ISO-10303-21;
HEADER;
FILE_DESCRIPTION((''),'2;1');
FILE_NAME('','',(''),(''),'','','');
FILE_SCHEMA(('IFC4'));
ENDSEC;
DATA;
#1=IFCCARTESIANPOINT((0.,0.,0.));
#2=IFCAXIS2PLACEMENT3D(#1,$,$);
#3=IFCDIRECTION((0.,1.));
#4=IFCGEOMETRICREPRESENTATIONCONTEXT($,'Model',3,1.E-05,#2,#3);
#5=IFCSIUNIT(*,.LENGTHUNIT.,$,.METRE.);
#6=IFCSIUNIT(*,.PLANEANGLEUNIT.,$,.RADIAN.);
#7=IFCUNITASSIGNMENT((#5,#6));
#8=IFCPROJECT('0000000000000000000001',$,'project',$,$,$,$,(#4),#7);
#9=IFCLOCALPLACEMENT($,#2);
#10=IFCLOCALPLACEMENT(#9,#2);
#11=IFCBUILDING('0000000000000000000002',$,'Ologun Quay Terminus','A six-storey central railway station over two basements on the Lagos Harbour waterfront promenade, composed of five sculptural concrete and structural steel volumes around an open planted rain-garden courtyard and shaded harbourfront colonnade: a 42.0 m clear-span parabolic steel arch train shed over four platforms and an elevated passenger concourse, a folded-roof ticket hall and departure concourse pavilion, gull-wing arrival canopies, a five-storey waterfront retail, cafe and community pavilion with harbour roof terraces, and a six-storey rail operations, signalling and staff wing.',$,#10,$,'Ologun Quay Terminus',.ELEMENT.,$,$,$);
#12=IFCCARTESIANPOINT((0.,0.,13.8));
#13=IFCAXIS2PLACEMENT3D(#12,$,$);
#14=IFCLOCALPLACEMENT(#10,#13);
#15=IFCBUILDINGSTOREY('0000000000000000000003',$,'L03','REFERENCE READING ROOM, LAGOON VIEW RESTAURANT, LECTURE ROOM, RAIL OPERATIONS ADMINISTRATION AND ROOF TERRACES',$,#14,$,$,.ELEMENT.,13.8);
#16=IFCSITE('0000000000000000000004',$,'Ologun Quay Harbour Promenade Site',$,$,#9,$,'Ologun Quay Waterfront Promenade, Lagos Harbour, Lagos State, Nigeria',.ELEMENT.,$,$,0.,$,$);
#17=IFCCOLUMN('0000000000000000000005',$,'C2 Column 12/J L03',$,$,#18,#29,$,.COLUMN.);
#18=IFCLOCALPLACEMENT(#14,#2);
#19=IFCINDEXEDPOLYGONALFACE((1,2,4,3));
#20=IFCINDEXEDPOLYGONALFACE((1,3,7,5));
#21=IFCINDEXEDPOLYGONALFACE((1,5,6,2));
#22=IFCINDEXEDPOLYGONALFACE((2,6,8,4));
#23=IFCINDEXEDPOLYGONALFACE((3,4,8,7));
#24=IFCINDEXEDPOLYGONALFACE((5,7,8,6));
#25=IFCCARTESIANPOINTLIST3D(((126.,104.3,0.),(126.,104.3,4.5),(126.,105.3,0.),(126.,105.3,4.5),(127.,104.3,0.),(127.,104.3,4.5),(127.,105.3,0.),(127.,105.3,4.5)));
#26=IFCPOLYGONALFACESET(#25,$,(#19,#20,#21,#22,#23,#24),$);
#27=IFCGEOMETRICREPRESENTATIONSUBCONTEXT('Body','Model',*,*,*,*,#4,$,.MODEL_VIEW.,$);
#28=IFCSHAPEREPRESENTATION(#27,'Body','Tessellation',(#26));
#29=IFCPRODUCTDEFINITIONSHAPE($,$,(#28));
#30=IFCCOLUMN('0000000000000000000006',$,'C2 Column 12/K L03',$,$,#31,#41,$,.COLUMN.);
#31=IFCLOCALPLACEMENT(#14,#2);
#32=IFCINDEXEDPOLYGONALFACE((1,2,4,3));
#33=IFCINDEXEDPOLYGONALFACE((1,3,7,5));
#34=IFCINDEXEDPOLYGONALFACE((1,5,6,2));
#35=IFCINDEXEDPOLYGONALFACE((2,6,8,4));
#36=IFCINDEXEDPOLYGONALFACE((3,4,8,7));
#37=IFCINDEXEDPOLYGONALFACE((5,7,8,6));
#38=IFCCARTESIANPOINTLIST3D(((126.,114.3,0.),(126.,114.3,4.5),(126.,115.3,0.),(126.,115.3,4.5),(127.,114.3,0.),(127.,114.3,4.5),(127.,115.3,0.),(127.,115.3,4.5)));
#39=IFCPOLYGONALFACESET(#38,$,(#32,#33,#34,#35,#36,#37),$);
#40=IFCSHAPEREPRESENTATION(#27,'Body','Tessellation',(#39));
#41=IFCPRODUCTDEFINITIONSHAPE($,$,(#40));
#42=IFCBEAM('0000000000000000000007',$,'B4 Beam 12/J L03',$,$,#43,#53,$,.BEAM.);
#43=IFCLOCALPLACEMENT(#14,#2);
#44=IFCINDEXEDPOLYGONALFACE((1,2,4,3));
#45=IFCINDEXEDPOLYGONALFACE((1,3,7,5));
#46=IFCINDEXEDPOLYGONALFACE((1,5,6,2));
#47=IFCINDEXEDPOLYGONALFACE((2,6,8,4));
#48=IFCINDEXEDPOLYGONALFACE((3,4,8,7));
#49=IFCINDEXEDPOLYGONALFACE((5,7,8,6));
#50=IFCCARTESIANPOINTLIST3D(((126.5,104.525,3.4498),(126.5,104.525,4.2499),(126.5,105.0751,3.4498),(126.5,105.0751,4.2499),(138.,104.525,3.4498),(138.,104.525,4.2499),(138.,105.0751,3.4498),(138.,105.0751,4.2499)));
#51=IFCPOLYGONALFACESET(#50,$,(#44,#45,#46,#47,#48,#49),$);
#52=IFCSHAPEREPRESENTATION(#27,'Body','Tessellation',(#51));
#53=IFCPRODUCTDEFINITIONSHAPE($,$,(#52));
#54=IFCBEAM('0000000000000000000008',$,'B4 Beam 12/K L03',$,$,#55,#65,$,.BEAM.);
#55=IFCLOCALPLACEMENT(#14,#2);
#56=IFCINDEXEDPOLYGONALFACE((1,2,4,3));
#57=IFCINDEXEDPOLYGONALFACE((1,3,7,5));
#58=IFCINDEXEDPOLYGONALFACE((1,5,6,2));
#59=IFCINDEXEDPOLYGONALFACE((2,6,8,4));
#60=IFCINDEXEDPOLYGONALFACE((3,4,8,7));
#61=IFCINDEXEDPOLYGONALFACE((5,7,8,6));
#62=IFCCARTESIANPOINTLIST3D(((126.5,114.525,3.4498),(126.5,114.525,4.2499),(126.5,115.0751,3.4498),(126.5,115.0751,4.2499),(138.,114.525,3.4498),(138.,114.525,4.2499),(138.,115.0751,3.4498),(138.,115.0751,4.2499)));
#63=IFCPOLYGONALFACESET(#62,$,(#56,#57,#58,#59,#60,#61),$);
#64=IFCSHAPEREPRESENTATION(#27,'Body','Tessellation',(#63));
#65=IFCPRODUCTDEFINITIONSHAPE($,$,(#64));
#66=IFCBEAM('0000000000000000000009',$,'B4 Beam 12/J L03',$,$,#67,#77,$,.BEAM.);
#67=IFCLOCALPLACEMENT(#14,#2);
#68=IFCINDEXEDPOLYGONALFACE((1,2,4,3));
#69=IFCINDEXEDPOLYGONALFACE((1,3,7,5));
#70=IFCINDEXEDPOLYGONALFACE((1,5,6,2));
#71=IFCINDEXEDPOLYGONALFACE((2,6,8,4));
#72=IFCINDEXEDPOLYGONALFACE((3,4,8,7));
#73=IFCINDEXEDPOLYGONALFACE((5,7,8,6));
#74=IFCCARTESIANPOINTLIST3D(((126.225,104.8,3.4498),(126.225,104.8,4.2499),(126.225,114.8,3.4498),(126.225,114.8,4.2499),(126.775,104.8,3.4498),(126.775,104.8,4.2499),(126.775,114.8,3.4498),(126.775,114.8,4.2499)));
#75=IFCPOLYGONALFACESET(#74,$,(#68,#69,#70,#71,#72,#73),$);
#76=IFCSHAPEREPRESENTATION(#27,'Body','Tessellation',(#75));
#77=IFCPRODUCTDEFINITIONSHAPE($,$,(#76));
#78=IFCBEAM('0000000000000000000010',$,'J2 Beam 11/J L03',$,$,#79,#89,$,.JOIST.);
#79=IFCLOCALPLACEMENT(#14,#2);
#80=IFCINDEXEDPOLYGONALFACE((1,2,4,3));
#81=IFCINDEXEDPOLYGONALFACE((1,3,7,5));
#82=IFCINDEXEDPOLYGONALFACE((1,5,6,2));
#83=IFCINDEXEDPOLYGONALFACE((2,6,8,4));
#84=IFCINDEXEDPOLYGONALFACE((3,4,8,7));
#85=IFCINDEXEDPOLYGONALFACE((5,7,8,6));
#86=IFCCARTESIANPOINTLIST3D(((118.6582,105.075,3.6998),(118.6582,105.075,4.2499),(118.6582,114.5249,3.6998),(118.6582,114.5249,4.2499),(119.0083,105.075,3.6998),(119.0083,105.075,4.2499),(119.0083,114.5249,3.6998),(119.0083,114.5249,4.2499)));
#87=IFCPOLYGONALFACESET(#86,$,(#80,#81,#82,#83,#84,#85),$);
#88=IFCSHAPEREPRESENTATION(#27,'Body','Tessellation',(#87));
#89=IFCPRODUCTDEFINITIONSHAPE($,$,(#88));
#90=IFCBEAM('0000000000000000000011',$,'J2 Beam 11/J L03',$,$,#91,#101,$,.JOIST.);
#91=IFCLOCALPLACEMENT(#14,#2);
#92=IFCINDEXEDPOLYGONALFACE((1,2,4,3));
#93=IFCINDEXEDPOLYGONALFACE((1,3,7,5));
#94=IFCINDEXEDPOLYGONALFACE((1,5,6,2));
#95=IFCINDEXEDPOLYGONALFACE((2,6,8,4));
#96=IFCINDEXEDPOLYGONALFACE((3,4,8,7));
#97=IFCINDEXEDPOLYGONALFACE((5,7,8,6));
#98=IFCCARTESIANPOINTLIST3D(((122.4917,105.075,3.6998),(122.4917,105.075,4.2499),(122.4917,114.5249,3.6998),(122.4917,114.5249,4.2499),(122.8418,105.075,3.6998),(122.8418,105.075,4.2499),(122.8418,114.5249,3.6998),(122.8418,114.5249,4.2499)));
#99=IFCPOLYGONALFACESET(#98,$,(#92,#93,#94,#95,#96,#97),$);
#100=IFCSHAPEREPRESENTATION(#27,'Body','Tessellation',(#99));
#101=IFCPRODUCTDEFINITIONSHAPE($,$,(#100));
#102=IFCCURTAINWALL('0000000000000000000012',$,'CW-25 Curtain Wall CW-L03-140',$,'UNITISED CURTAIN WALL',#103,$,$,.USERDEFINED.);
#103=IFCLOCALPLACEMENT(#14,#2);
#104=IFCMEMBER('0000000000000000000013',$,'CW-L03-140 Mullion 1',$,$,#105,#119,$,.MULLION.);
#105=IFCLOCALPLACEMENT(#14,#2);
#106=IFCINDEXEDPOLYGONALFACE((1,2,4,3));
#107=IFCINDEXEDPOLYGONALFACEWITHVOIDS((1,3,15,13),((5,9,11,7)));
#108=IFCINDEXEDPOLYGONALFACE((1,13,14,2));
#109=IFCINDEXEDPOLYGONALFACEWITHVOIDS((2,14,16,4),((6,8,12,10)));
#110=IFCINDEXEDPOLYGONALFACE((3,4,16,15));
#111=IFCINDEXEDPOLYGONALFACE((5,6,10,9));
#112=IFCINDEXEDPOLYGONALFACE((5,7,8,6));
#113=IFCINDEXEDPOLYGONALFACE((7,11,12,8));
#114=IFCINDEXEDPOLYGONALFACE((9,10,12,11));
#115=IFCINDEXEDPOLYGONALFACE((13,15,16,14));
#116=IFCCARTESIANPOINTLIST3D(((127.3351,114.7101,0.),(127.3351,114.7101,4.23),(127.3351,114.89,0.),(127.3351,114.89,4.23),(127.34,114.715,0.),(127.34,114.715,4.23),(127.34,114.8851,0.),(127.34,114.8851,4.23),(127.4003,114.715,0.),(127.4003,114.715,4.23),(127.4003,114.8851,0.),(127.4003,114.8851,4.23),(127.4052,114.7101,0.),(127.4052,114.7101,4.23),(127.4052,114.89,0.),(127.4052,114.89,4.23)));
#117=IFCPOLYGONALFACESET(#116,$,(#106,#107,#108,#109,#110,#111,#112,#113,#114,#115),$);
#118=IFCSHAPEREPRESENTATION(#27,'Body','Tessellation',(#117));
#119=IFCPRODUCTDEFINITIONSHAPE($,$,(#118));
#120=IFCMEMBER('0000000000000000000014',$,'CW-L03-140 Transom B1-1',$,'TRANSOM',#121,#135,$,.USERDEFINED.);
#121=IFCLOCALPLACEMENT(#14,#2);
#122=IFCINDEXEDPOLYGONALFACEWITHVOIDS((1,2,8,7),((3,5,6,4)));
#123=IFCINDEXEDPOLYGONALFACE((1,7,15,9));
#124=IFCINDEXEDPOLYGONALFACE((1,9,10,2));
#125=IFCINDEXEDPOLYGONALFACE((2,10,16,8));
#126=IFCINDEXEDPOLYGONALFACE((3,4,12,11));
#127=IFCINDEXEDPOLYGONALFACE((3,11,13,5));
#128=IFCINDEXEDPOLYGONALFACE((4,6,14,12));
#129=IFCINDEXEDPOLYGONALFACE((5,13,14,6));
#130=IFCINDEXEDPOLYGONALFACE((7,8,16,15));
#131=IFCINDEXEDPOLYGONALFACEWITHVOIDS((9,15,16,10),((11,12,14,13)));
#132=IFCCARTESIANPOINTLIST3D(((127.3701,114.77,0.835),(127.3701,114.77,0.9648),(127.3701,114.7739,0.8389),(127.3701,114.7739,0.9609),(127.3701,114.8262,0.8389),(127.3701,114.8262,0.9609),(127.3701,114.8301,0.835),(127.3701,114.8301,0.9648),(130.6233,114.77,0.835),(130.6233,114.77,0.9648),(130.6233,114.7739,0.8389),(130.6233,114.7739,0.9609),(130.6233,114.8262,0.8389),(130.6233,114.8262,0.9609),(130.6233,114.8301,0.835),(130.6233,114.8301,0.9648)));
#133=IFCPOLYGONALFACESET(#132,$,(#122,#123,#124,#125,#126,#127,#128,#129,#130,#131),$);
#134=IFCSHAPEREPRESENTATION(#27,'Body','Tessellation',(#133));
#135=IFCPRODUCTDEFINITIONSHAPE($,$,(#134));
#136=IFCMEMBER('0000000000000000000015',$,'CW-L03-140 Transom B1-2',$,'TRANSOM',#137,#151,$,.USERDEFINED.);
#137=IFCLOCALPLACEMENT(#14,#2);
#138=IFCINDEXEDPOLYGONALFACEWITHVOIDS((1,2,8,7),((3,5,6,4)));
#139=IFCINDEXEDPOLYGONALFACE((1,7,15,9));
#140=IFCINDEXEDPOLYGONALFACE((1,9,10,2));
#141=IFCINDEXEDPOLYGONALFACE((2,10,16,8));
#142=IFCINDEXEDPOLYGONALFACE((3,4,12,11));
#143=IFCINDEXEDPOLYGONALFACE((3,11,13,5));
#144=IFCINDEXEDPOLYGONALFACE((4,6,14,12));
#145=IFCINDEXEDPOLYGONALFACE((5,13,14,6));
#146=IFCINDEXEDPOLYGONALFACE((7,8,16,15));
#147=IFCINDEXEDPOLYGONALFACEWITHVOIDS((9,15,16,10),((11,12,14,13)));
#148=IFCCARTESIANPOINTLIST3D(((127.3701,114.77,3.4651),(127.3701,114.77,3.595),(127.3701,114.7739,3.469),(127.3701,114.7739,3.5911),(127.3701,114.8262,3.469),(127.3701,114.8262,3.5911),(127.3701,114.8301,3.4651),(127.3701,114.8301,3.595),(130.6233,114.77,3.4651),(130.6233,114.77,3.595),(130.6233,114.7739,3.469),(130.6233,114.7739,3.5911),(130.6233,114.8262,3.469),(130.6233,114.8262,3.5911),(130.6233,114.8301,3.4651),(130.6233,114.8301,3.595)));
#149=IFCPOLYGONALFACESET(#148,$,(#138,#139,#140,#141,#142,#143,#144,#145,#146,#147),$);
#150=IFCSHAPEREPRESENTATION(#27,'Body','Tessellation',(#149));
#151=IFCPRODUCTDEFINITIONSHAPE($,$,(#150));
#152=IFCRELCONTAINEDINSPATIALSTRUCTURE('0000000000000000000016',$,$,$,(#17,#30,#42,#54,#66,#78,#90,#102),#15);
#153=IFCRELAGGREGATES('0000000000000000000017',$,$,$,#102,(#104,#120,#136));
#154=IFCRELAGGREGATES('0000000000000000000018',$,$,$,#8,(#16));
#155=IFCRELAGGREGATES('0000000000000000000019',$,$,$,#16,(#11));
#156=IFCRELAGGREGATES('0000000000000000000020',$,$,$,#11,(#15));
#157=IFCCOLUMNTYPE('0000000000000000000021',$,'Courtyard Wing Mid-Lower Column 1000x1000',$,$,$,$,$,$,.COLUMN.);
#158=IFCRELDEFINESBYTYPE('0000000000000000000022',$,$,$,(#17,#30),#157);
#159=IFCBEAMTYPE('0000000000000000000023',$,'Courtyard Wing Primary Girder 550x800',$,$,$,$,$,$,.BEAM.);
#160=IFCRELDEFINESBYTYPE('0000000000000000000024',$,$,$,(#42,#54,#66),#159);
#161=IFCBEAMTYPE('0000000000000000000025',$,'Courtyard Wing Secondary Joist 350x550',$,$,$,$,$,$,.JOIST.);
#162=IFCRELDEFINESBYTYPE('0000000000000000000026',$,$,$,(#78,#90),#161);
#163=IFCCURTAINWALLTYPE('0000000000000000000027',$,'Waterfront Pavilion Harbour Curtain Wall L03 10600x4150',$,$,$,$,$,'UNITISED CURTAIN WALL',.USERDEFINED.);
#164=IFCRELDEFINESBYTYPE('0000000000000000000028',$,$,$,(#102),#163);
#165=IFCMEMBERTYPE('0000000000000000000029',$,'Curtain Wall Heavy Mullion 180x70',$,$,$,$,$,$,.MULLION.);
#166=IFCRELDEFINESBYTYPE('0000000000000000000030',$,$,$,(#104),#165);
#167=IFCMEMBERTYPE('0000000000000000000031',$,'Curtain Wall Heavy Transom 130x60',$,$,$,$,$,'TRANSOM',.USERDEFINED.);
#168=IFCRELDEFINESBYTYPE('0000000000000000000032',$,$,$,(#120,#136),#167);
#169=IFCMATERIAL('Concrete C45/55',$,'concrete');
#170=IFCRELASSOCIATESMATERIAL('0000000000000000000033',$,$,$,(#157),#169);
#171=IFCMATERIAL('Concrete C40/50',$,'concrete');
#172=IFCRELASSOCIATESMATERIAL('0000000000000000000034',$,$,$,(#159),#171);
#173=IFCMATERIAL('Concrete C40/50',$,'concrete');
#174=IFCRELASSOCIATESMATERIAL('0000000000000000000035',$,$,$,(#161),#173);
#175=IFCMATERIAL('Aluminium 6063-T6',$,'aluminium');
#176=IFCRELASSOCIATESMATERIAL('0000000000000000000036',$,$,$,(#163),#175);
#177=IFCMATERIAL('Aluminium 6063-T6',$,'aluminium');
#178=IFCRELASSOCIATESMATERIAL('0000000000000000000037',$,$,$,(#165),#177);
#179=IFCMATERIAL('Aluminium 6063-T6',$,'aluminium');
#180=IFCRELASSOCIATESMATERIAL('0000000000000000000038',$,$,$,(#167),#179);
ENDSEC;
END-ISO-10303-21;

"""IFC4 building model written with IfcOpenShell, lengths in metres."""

from ifc_helpers import new_model, si_unit, direction, frame, origin, origin_2d, place, context, subcontext, project, spatial, rectangle, hollow_rectangle, extrude, material, material_profile, profile_set, type_object, element, aggregate, save


model = new_model("IFC4")

# Units and contexts
model_context = context("Model", 3, precision=1e-05, world=origin(), true_north=direction((0.0, 1.0)))
body_context = subcontext(model_context, "Body", "Model", "MODEL_VIEW")
ifc_project = project(units=[si_unit("LENGTHUNIT", "METRE"), si_unit("PLANEANGLEUNIT", "RADIAN")], contexts=[model_context])

# Site, building, storey
site_placement = place(None, origin())
site = spatial("IfcSite", under=ifc_project, at=site_placement, Name="Ologun Quay Harbour Promenade Site", LongName="Ologun Quay Waterfront Promenade, Lagos Harbour, Lagos State, Nigeria", CompositionType="ELEMENT", RefElevation=0.0)
building_placement = place(site_placement, origin())
building = spatial("IfcBuilding", under=site, at=building_placement, Name="Ologun Quay Terminus", Description="A six-storey central railway station over two basements on the Lagos Harbour waterfront promenade, composed of five sculptural concrete and structural steel volumes around an open planted rain-garden courtyard and shaded harbourfront colonnade: a 42.0 m clear-span parabolic steel arch train shed over four platforms and an elevated passenger concourse, a folded-roof ticket hall and departure concourse pavilion, gull-wing arrival canopies, a five-storey waterfront retail, cafe and community pavilion with harbour roof terraces, and a six-storey rail operations, signalling and staff wing.", LongName="Ologun Quay Terminus", CompositionType="ELEMENT")
storey_placement = place(building_placement, frame((0.0, 0.0, 13.8)))
storey = spatial("IfcBuildingStorey", under=building, at=storey_placement, Name="L03", Description="REFERENCE READING ROOM, LAGOON VIEW RESTAURANT, LECTURE ROOM, RAIL OPERATIONS ADMINISTRATION AND ROOF TERRACES", CompositionType="ELEMENT", Elevation=13.8)

# Columns
ifc_material_1 = material(Name="Concrete C45/55", Category="concrete")
ifc_material_profile_1 = material_profile(ifc_material_1, rectangle(XDim=1.0, YDim=1.0, at=origin_2d()), Name="RC 1000x1000")
ifc_profile_set_1 = profile_set([ifc_material_profile_1], Name="Concrete C45/55")
column_type = type_object("IfcColumnType", Name="Courtyard Wing Mid-Lower Column 1000x1000", PredefinedType="COLUMN", material=ifc_profile_set_1)
for number, where, z_axis, x_axis, name in (
    (1, (126.5, 104.8, 0.0), (0.0, 0.0, 1.0), (1.0, 0.0, 0.0), "C2 Column 12/J L03"),
    (2, (126.5, 114.8, 0.0), (0.0, 0.0, 1.0), (1.0, 0.0, 0.0), "C2 Column 12/K L03"),
):
    element("IfcColumn", number, at=place(storey_placement, frame(where, z_axis=z_axis, x_axis=x_axis)), inside=storey, type_object=column_type, Name=name, PredefinedType="COLUMN", context=body_context, shape_type="SweptSolid", body=[
        extrude(rectangle(XDim=1.0, YDim=1.0, at=origin_2d()), origin(), (0.0, 0.0, 1.0), 4.5),
    ])

# Beams
ifc_material_2 = material(Name="Concrete C40/50", Category="concrete")
ifc_material_profile_2 = material_profile(ifc_material_2, rectangle(XDim=0.55, YDim=0.8, at=origin_2d()), Name="RC 550x800")
ifc_profile_set_2 = profile_set([ifc_material_profile_2], Name="Concrete C40/50")
beam_type_1 = type_object("IfcBeamType", Name="Courtyard Wing Primary Girder 550x800", PredefinedType="BEAM", material=ifc_profile_set_2)
for number, where, z_axis, x_axis, name in (
    (3, (126.5, 104.8, 3.8499), (1.0, 0.0, 0.0), (0.0, 1.0, 0.0), "B4 Beam 12/J L03"),
    (4, (126.5, 114.8, 3.8499), (1.0, 0.0, 0.0), (0.0, 1.0, 0.0), "B4 Beam 12/K L03"),
):
    element("IfcBeam", number, at=place(storey_placement, frame(where, z_axis=z_axis, x_axis=x_axis)), inside=storey, type_object=beam_type_1, Name=name, PredefinedType="BEAM", context=body_context, shape_type="SweptSolid", body=[
        extrude(rectangle(XDim=0.55, YDim=0.8, at=origin_2d()), origin(), (0.0, 0.0, 1.0), 11.5),
    ])
beam_placement = place(storey_placement, frame((126.5, 104.8, 3.8499), z_axis=(0.0, 1.0, 0.0), x_axis=(-1.0, 0.0, 0.0)))
element("IfcBeam", 5, at=beam_placement, inside=storey, type_object=beam_type_1, Name="B4 Beam 12/J L03", PredefinedType="BEAM", context=body_context, shape_type="SweptSolid", body=[
    extrude(rectangle(XDim=0.55, YDim=0.8, at=origin_2d()), origin(), (0.0, 0.0, 1.0), 10.0),
])
ifc_material_3 = material(Name="Concrete C40/50", Category="concrete")
ifc_material_profile_3 = material_profile(ifc_material_3, rectangle(XDim=0.3501, YDim=0.55, at=origin_2d()), Name="RC 350x550")
ifc_profile_set_3 = profile_set([ifc_material_profile_3], Name="Concrete C40/50")
beam_type_2 = type_object("IfcBeamType", Name="Courtyard Wing Secondary Joist 350x550", PredefinedType="JOIST", material=ifc_profile_set_3)
for number, where, z_axis, x_axis, name in (
    (6, (118.8333, 105.075, 3.9749), (0.0, 1.0, 0.0), (-1.0, 0.0, 0.0), "J2 Beam 11/J L03"),
    (7, (122.6667, 105.075, 3.9749), (0.0, 1.0, 0.0), (-1.0, 0.0, 0.0), "J2 Beam 11/J L03"),
):
    element("IfcBeam", number, at=place(storey_placement, frame(where, z_axis=z_axis, x_axis=x_axis)), inside=storey, type_object=beam_type_2, Name=name, PredefinedType="JOIST", context=body_context, shape_type="SweptSolid", body=[
        extrude(rectangle(XDim=0.3501, YDim=0.55, at=origin_2d()), origin(), (0.0, 0.0, 1.0), 9.45),
    ])

# Curtain wall, members
ifc_material_4 = material(Name="Aluminium 6063-T6", Category="aluminium")
curtain_wall_type = type_object("IfcCurtainWallType", Name="Waterfront Pavilion Harbour Curtain Wall L03 10600x4150", ElementType="UNITISED CURTAIN WALL", PredefinedType="USERDEFINED", material=ifc_material_4)
curtain_wall_placement = place(storey_placement, origin())
curtain_wall = element("IfcCurtainWall", 8, at=curtain_wall_placement, inside=storey, type_object=curtain_wall_type, Name="CW-25 Curtain Wall CW-L03-140", ObjectType="UNITISED CURTAIN WALL", PredefinedType="USERDEFINED")
ifc_material_5 = material(Name="Aluminium 6063-T6", Category="aluminium")
ifc_material_profile_4 = material_profile(ifc_material_5, hollow_rectangle(XDim=0.0701, YDim=0.1799, WallThickness=0.0049, at=origin_2d()), Name="ALU 180x70x5")
ifc_profile_set_4 = profile_set([ifc_material_profile_4], Name="Aluminium 6063-T6")
member_type_1 = type_object("IfcMemberType", Name="Curtain Wall Heavy Mullion 180x70", PredefinedType="MULLION", material=ifc_profile_set_4)
member_1_placement = place(storey_placement, frame((127.3701, 114.8, 0.0), z_axis=(0.0, 0.0, 1.0), x_axis=(1.0, 0.0, 0.0)))
member_1 = element("IfcMember", 9, at=member_1_placement, type_object=member_type_1, Name="CW-L03-140 Mullion 1", PredefinedType="MULLION", context=body_context, shape_type="SweptSolid", body=[
    extrude(hollow_rectangle(XDim=0.0701, YDim=0.1799, WallThickness=0.0049, at=origin_2d()), origin(), (0.0, 0.0, 1.0), 4.23),
])
ifc_material_6 = material(Name="Aluminium 6063-T6", Category="aluminium")
ifc_material_profile_5 = material_profile(ifc_material_6, hollow_rectangle(XDim=0.0601, YDim=0.1299, WallThickness=0.0039, at=origin_2d()), Name="ALU 130x60x4")
ifc_profile_set_5 = profile_set([ifc_material_profile_5], Name="Aluminium 6063-T6")
member_type_2 = type_object("IfcMemberType", Name="Curtain Wall Heavy Transom 130x60", ElementType="TRANSOM", PredefinedType="USERDEFINED", material=ifc_profile_set_5)
member_2_placement = place(storey_placement, frame((127.3701, 114.8, 0.8999), z_axis=(1.0, 0.0, 0.0), x_axis=(0.0, 1.0, 0.0)))
member_2 = element("IfcMember", 10, at=member_2_placement, type_object=member_type_2, Name="CW-L03-140 Transom B1-1", ObjectType="TRANSOM", PredefinedType="USERDEFINED", context=body_context, shape_type="SweptSolid", body=[
    extrude(hollow_rectangle(XDim=0.0601, YDim=0.1299, WallThickness=0.0039, at=origin_2d()), origin(), (0.0, 0.0, 1.0), 3.2532),
])
member_3_placement = place(storey_placement, frame((127.3701, 114.8, 3.53), z_axis=(1.0, 0.0, 0.0), x_axis=(0.0, 1.0, 0.0)))
member_3 = element("IfcMember", 11, at=member_3_placement, type_object=member_type_2, Name="CW-L03-140 Transom B1-2", ObjectType="TRANSOM", PredefinedType="USERDEFINED", context=body_context, shape_type="SweptSolid", body=[
    extrude(hollow_rectangle(XDim=0.0601, YDim=0.1299, WallThickness=0.0039, at=origin_2d()), origin(), (0.0, 0.0, 1.0), 3.2532),
])
aggregate(curtain_wall, [member_1, member_2, member_3])

save(model, "model.ifc")
